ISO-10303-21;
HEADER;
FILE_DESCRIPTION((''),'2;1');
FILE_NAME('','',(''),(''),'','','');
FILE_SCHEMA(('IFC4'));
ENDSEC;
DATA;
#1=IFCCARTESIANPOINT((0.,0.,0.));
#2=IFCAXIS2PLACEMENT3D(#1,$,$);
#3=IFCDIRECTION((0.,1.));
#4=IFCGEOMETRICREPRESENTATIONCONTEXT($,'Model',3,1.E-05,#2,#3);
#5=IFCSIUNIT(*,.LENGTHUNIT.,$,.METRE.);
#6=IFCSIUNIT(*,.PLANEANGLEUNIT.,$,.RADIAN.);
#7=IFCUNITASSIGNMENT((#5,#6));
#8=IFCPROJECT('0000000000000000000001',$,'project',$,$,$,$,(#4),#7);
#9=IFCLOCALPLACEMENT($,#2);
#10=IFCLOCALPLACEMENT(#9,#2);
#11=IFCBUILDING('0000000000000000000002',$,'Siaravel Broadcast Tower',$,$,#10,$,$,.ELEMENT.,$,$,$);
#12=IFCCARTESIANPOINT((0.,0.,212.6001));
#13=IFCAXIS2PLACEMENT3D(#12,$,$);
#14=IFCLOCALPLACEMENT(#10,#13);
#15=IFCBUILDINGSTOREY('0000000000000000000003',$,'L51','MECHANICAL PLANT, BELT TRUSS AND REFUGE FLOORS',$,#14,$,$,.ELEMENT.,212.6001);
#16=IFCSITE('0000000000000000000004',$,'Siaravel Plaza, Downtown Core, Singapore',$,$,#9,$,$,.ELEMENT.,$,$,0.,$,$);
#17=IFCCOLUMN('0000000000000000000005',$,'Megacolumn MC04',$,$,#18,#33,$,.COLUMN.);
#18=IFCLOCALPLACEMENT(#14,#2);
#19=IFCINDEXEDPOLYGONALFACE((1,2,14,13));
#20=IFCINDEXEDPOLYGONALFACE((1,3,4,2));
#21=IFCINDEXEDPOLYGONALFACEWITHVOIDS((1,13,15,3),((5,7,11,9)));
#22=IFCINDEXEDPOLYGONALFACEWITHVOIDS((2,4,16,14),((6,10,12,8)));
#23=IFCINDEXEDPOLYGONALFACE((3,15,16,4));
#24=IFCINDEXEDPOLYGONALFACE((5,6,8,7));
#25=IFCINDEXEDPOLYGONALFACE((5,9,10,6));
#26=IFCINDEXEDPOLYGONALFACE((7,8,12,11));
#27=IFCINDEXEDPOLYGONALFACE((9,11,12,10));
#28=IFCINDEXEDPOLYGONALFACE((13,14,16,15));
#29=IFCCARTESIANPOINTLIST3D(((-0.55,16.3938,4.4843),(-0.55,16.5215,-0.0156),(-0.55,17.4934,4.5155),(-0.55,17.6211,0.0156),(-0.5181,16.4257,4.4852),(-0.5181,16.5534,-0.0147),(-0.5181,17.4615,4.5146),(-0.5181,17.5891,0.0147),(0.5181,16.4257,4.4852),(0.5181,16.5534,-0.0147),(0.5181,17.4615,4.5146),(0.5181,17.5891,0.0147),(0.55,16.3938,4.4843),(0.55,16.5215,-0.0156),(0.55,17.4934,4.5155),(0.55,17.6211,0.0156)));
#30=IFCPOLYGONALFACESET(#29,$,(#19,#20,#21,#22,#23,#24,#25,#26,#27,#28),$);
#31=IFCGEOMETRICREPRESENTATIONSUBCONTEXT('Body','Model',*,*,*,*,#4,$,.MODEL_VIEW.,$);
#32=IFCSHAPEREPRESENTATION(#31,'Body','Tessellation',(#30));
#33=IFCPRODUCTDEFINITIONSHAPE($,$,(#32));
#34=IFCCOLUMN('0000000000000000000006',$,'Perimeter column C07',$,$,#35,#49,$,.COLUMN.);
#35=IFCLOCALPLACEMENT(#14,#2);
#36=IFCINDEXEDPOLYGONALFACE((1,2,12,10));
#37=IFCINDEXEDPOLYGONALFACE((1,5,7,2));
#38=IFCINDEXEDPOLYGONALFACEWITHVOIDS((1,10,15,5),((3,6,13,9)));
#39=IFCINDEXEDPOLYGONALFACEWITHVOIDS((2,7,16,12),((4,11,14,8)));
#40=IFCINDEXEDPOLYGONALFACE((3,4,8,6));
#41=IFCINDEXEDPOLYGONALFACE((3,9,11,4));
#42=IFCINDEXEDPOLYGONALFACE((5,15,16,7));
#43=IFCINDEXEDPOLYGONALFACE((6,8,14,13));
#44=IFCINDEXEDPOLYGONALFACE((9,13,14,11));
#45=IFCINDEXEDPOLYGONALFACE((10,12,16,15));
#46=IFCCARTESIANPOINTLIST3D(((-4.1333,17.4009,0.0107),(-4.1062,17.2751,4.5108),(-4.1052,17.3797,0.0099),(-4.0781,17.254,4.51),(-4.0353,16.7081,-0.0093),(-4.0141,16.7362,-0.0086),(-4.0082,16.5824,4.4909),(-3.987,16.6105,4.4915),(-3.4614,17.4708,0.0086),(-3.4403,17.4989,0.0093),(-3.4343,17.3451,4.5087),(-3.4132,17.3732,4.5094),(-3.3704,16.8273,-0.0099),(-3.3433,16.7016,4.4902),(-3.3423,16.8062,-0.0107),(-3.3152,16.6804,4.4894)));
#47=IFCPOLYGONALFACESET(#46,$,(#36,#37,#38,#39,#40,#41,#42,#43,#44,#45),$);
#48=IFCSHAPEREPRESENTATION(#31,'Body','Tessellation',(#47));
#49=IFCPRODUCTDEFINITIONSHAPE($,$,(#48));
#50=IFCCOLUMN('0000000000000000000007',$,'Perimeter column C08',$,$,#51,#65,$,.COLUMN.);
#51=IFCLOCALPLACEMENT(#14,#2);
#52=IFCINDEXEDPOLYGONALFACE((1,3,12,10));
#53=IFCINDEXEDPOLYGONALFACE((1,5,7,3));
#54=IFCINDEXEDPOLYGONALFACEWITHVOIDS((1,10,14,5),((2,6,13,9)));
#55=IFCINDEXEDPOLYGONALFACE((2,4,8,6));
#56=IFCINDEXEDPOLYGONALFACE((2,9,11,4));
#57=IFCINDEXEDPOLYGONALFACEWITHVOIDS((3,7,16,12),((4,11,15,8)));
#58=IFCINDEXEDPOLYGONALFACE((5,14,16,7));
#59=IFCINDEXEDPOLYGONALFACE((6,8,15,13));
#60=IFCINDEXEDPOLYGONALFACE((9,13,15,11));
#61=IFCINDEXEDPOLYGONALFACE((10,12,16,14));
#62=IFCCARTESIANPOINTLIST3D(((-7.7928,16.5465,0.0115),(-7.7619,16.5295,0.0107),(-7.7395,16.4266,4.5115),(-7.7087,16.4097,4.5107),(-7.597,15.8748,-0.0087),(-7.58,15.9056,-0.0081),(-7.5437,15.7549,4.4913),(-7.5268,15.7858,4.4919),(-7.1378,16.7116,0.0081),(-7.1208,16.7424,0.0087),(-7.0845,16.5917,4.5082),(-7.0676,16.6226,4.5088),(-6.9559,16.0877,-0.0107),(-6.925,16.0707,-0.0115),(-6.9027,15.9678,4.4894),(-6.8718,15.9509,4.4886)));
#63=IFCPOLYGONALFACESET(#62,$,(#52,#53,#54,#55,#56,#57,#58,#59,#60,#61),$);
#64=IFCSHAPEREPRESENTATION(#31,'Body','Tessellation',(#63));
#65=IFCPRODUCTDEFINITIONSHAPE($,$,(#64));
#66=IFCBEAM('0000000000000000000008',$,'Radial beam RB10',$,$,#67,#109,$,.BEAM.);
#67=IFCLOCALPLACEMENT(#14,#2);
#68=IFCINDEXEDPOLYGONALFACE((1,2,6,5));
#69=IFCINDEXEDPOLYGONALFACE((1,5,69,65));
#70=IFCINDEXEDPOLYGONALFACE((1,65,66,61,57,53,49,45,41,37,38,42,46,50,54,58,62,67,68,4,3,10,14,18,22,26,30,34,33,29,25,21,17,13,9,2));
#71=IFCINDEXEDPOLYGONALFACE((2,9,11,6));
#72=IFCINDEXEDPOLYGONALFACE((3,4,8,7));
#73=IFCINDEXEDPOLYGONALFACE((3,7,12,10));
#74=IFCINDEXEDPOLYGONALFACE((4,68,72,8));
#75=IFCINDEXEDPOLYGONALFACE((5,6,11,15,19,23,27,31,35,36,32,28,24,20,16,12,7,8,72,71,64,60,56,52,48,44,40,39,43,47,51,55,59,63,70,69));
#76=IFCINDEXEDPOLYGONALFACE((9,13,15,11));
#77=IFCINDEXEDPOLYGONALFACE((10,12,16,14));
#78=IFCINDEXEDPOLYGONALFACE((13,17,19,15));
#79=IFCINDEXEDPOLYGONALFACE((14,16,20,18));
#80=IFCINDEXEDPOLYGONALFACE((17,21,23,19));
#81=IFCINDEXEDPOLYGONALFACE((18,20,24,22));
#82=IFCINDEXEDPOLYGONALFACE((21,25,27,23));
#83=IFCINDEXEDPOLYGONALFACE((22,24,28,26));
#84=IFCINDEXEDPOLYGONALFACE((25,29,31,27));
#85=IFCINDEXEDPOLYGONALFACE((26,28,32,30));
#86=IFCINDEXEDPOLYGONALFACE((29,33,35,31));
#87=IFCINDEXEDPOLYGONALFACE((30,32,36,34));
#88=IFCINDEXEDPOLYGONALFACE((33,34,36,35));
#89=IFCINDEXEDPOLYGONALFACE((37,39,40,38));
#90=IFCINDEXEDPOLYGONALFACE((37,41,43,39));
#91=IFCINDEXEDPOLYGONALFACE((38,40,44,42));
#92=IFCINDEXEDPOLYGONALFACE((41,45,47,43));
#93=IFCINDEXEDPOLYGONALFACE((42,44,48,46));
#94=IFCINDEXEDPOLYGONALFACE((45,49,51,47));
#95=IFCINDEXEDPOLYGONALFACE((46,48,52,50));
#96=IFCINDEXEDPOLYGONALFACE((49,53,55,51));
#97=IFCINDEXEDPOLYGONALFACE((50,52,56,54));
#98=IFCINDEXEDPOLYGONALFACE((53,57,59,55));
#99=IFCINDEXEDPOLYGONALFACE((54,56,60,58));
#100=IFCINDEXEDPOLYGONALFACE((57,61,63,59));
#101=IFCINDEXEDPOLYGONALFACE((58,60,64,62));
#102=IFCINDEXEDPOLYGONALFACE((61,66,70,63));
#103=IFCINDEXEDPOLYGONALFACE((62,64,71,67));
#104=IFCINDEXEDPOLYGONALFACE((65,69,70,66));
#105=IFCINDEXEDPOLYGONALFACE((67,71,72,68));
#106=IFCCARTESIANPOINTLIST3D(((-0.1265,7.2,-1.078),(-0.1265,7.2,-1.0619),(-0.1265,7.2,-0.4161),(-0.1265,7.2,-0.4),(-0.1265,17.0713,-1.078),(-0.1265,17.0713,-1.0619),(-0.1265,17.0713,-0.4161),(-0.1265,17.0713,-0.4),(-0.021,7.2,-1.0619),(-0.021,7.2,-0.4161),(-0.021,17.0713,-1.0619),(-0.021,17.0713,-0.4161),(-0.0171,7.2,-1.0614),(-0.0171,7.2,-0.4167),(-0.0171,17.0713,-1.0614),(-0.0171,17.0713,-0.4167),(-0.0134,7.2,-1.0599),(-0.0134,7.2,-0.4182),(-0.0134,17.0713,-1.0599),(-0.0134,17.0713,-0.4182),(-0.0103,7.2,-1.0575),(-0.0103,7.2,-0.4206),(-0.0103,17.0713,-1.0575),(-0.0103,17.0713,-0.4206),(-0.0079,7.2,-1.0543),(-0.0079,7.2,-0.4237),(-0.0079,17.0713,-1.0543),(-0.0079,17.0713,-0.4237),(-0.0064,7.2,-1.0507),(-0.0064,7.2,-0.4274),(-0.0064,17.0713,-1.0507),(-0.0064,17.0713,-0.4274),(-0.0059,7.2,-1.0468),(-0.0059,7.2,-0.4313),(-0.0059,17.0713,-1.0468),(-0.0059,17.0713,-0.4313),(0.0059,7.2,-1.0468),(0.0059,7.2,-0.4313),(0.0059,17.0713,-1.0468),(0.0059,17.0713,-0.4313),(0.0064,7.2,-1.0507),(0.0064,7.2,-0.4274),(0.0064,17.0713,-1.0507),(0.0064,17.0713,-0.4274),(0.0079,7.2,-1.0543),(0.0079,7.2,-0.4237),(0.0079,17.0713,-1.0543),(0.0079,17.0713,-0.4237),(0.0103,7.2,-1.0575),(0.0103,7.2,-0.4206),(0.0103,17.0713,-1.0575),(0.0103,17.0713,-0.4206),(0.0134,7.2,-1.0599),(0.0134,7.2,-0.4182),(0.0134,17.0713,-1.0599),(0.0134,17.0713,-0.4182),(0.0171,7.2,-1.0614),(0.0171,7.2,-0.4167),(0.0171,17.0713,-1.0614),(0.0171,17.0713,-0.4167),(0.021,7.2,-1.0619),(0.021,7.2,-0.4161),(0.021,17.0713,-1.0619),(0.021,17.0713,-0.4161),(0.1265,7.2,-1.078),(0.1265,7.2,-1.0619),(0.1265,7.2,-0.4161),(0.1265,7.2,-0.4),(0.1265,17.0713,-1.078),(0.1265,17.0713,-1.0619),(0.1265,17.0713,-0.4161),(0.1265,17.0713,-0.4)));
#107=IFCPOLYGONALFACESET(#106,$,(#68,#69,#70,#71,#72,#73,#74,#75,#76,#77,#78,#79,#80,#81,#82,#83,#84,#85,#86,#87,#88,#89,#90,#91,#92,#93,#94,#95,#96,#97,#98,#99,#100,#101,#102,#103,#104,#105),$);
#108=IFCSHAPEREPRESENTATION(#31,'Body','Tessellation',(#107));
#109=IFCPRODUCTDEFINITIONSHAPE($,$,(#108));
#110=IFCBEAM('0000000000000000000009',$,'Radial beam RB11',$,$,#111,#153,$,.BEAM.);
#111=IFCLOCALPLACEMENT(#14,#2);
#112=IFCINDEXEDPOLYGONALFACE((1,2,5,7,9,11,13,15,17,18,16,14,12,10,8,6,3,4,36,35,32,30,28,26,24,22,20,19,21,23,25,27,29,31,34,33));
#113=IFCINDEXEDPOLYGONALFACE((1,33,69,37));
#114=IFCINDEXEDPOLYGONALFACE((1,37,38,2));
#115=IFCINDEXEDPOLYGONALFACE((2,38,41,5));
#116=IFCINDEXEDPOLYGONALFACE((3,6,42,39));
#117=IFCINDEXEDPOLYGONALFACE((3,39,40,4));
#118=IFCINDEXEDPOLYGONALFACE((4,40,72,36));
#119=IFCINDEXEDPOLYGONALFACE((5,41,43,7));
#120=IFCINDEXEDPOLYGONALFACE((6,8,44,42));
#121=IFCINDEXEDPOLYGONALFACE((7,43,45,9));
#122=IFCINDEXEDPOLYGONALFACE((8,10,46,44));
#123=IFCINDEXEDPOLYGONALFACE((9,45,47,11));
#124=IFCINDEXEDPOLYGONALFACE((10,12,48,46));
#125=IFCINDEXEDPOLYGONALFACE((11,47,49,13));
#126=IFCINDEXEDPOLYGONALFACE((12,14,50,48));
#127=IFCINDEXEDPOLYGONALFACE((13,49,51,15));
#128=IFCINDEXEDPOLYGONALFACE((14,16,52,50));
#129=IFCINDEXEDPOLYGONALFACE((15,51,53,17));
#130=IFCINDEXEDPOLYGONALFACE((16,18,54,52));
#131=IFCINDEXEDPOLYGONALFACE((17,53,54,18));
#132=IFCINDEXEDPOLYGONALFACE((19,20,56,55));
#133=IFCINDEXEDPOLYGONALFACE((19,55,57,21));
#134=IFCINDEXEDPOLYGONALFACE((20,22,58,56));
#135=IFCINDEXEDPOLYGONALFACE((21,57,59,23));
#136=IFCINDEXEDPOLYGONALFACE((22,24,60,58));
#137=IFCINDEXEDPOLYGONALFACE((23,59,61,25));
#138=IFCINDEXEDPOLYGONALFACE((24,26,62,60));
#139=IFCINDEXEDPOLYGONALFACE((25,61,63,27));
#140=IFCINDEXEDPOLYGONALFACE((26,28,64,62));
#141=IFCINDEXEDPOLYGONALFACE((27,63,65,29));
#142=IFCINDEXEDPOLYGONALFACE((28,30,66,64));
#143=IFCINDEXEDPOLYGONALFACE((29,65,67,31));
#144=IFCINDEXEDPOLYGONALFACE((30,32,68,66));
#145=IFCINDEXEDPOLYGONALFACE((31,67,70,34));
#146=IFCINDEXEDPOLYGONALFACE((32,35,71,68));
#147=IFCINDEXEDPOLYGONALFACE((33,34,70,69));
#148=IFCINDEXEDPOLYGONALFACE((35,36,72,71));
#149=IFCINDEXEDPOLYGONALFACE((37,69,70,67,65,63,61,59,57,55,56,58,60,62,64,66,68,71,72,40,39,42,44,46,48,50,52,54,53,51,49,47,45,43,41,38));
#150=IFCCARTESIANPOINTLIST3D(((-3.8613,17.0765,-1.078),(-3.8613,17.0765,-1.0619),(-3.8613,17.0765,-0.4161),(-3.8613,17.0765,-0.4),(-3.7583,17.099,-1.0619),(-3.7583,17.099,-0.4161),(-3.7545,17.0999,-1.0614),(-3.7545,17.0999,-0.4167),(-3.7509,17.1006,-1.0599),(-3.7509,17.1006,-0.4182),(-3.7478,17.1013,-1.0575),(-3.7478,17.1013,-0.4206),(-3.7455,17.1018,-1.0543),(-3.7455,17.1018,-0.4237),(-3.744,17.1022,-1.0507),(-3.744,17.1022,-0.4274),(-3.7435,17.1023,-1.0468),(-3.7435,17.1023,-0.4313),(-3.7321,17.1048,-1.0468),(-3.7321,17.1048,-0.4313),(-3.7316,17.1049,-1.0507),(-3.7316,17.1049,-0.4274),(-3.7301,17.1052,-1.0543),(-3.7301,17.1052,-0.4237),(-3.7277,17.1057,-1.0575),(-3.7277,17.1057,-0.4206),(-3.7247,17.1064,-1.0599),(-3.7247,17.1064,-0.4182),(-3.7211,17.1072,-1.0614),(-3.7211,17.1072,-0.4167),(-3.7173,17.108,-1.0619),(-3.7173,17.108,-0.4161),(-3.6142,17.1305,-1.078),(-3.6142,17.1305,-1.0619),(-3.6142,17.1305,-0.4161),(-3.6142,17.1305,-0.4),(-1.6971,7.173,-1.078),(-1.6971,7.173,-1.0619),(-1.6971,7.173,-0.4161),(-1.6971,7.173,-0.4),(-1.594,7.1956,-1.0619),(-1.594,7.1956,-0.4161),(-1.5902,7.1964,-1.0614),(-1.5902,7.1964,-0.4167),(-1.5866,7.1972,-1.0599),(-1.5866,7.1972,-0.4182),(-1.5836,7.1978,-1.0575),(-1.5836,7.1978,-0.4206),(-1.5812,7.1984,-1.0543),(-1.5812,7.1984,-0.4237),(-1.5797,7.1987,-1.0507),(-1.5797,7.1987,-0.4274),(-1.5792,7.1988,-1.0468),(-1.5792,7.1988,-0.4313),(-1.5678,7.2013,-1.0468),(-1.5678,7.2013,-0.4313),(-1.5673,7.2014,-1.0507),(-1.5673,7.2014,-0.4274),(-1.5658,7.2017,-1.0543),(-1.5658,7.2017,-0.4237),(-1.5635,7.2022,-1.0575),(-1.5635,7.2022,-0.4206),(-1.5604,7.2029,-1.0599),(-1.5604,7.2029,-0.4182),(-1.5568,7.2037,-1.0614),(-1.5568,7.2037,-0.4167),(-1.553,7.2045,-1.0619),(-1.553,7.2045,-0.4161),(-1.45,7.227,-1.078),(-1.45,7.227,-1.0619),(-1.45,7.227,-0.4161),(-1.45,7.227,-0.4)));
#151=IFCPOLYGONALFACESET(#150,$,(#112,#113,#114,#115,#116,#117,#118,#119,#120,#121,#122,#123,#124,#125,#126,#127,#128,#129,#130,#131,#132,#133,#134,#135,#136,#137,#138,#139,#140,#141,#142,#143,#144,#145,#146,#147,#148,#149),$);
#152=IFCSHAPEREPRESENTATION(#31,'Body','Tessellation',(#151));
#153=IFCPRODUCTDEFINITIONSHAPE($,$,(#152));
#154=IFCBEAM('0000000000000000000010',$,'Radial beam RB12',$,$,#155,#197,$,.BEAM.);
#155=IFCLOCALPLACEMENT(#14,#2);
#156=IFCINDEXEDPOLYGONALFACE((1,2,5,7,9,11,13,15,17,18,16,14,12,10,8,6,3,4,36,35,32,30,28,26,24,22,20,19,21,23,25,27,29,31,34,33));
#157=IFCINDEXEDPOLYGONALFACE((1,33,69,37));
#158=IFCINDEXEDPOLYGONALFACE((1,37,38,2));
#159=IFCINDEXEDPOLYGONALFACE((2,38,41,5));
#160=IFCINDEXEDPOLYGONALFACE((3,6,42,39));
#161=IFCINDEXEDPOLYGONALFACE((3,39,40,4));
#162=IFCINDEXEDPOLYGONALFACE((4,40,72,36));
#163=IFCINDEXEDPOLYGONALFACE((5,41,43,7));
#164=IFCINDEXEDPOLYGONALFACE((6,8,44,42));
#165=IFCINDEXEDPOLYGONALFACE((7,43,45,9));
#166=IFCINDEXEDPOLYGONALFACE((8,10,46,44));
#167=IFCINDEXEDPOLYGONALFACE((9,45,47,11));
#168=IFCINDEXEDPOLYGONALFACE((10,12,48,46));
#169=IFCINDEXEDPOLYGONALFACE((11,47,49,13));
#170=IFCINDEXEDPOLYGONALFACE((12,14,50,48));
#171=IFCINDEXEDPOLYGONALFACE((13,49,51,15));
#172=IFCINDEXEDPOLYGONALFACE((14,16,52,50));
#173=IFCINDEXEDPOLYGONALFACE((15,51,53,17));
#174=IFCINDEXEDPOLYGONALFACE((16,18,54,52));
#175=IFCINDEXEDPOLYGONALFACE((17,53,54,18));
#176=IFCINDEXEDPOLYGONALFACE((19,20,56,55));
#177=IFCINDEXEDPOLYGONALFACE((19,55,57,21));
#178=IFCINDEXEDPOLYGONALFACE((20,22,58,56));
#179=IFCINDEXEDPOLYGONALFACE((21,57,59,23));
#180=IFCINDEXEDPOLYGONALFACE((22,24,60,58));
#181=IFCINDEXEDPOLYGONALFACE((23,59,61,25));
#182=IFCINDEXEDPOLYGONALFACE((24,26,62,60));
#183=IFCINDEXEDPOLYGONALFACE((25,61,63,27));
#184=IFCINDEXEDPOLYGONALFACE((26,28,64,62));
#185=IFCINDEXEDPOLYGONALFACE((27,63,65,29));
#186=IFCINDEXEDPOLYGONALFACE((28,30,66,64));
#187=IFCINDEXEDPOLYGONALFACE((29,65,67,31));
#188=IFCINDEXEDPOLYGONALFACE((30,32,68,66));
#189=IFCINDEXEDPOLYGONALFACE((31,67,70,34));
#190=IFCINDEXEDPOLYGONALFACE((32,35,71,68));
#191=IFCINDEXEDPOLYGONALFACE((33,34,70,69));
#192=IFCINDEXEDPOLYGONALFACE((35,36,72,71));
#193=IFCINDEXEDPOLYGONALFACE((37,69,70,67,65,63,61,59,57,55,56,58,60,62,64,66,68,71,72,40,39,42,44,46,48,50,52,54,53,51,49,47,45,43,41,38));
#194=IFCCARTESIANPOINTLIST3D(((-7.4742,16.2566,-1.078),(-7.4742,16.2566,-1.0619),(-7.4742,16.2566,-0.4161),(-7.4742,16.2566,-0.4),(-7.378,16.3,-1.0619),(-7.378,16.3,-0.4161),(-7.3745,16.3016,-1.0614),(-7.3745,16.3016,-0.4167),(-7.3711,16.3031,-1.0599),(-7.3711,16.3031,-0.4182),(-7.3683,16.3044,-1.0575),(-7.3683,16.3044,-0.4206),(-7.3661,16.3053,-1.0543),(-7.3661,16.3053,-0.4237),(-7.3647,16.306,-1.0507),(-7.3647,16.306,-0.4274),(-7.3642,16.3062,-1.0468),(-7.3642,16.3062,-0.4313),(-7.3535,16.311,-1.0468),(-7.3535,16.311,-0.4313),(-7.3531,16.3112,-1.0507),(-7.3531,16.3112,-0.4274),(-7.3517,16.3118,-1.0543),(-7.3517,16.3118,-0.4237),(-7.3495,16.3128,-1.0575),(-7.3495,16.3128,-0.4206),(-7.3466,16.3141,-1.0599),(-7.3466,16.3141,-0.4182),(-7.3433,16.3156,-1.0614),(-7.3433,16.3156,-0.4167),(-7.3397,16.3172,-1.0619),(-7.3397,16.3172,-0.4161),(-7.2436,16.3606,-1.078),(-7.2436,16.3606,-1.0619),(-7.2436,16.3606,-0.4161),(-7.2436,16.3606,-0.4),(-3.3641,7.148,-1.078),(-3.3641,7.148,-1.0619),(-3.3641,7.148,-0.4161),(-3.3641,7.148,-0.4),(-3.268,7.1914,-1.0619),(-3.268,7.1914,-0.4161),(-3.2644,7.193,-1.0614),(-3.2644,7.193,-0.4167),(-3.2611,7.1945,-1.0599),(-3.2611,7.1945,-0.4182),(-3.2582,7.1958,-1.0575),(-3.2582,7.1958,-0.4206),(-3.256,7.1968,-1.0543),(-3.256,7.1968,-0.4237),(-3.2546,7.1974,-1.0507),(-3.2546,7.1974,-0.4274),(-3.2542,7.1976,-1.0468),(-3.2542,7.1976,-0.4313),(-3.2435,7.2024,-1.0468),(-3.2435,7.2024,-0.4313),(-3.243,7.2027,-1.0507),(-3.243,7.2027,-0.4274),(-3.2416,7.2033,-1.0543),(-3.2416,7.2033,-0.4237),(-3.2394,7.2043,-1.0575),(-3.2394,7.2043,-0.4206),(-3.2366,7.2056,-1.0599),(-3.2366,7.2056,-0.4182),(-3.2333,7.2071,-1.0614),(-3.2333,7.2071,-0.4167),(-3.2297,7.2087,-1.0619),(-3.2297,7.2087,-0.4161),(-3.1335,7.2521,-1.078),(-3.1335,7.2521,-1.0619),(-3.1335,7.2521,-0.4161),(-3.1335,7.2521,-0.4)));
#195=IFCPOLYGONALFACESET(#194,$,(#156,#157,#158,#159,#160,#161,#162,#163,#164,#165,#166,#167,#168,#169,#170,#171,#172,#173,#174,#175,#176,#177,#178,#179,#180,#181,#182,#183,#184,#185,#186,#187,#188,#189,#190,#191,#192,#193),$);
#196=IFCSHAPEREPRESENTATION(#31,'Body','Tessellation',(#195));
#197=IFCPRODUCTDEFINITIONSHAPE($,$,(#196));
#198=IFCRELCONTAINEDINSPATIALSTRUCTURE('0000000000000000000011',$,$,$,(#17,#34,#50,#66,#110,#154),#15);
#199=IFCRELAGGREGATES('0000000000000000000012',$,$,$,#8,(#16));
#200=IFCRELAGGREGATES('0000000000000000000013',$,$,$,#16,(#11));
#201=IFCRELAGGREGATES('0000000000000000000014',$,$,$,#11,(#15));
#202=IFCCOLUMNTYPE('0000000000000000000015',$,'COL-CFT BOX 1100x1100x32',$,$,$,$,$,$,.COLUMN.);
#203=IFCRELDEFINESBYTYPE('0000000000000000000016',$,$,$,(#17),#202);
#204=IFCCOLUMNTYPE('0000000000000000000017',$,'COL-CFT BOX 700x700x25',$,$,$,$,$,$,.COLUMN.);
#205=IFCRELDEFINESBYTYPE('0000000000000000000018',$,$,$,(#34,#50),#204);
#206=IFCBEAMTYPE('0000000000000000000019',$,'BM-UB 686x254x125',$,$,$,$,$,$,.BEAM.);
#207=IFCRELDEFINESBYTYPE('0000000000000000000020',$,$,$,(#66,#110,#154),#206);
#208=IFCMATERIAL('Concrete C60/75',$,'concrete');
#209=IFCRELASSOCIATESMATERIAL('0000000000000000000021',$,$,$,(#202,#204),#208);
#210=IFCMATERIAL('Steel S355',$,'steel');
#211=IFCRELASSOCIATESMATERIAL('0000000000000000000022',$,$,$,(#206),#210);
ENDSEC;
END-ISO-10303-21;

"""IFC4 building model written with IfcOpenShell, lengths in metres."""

from ifc_helpers import new_model, si_unit, direction, frame, origin, origin_2d, place, context, subcontext, project, spatial, hollow_rectangle, i_section, extrude, material, material_profile, profile_set, type_object, element, save


model = new_model("IFC4")

# Units and contexts
model_context = context("Model", 3, precision=1e-05, world=origin(), true_north=direction((0.0, 1.0)))
body_context = subcontext(model_context, "Body", "Model", "MODEL_VIEW")
ifc_project = project(units=[si_unit("LENGTHUNIT", "METRE"), si_unit("PLANEANGLEUNIT", "RADIAN")], contexts=[model_context])

# Site, building, storey
site_placement = place(None, origin())
site = spatial("IfcSite", under=ifc_project, at=site_placement, Name="Siaravel Plaza, Downtown Core, Singapore", CompositionType="ELEMENT", RefElevation=0.0)
building_placement = place(site_placement, origin())
building = spatial("IfcBuilding", under=site, at=building_placement, Name="Siaravel Broadcast Tower", CompositionType="ELEMENT")
storey_placement = place(building_placement, frame((0.0, 0.0, 212.6001)))
storey = spatial("IfcBuildingStorey", under=building, at=storey_placement, Name="L51", Description="MECHANICAL PLANT, BELT TRUSS AND REFUGE FLOORS", CompositionType="ELEMENT", Elevation=212.6001)

# Columns
ifc_material_1 = material(Name="Concrete C60/75", Category="concrete")
ifc_material_profile_1 = material_profile(ifc_material_1, hollow_rectangle(XDim=1.1001, YDim=1.1001, WallThickness=0.032, at=origin_2d()))
ifc_profile_set_1 = profile_set([ifc_material_profile_1], Name="Concrete C60/75")
column_type_1 = type_object("IfcColumnType", Name="COL-CFT BOX 1100x1100x32", PredefinedType="COLUMN", material=ifc_profile_set_1)
column_placement = place(storey_placement, frame((0.0, 17.0713, 0.0), z_axis=(0.0, -0.028363, 0.999598), x_axis=(1.0, 0.0, 0.0)))
element("IfcColumn", 1, at=column_placement, inside=storey, type_object=column_type_1, Name="Megacolumn MC04", PredefinedType="COLUMN", context=body_context, shape_type="SweptSolid", body=[
    extrude(hollow_rectangle(XDim=1.1001, YDim=1.1001, WallThickness=0.032, at=origin_2d()), origin(), (0.0, 0.0, 1.0), 4.5017),
])
ifc_material_profile_2 = material_profile(ifc_material_1, hollow_rectangle(XDim=0.7, YDim=0.7, WallThickness=0.0249, at=origin_2d()))
ifc_profile_set_2 = profile_set([ifc_material_profile_2], Name="Concrete C60/75")
column_type_2 = type_object("IfcColumnType", Name="COL-CFT BOX 700x700x25", PredefinedType="COLUMN", material=ifc_profile_set_2)
for number, where, z_axis, x_axis, name in (
    (2, (-3.7378, 17.1035, 0.0), (0.00602, -0.027929, 0.999592), (0.990132, 0.14012, -0.002048), "Perimeter column C07"),
    (3, (-7.3589, 16.3086, 0.0), (0.011822, -0.026627, 0.999576), (0.959998, 0.279979, -0.003896), "Perimeter column C08"),
):
    element("IfcColumn", number, at=place(storey_placement, frame(where, z_axis=z_axis, x_axis=x_axis)), inside=storey, type_object=column_type_2, Name=name, PredefinedType="COLUMN", context=body_context, shape_type="SweptSolid", body=[
        extrude(hollow_rectangle(XDim=0.7, YDim=0.7, WallThickness=0.0249, at=origin_2d()), origin(), (0.0, 0.0, 1.0), 4.502),
    ])

# Beams
ifc_material_2 = material(Name="Steel S355", Category="steel")
ifc_material_profile_3 = material_profile(ifc_material_2, i_section(OverallWidth=0.2529, OverallDepth=0.678, WebThickness=0.0117, FlangeThickness=0.0161, FilletRadius=0.0151, at=origin_2d()))
ifc_profile_set_3 = profile_set([ifc_material_profile_3], Name="Steel S355")
beam_type_1 = type_object("IfcBeamType", Name="BM-UB 686x254x125", PredefinedType="BEAM", material=ifc_profile_set_3)
beam_1_placement = place(storey_placement, frame((0.0, 17.0713, -0.739), z_axis=(0.0, -1.0, 0.0), x_axis=(1.0, 0.0, 0.0)))
element("IfcBeam", 4, at=beam_1_placement, inside=storey, type_object=beam_type_1, Name="Radial beam RB10", PredefinedType="BEAM", context=body_context, shape_type="SweptSolid", body=[
    extrude(i_section(OverallWidth=0.2529, OverallDepth=0.678, WebThickness=0.0117, FlangeThickness=0.0161, FilletRadius=0.0151, at=origin_2d()), origin(), (0.0, 0.0, 1.0), 9.8713),
])
beam_2_placement = place(storey_placement, frame((-3.7378, 17.1035, -0.739), z_axis=(0.213499, -0.976943, 0.0), x_axis=(0.976943, 0.213499, 0.0)))
element("IfcBeam", 5, at=beam_2_placement, inside=storey, type_object=beam_type_1, Name="Radial beam RB11", PredefinedType="BEAM", context=body_context, shape_type="SweptSolid", body=[
    extrude(i_section(OverallWidth=0.2529, OverallDepth=0.678, WebThickness=0.0117, FlangeThickness=0.0161, FilletRadius=0.0151, at=origin_2d()), origin(), (0.0, 0.0, 1.0), 10.1372),
])
beam_3_placement = place(storey_placement, frame((-7.3589, 16.3086, -0.739), z_axis=(0.411298, -0.911501, 0.0), x_axis=(0.911501, 0.411298, 0.0)))
element("IfcBeam", 6, at=beam_3_placement, inside=storey, type_object=beam_type_1, Name="Radial beam RB12", PredefinedType="BEAM", context=body_context, shape_type="SweptSolid", body=[
    extrude(i_section(OverallWidth=0.2529, OverallDepth=0.678, WebThickness=0.0117, FlangeThickness=0.0161, FilletRadius=0.0151, at=origin_2d()), origin(), (0.0, 0.0, 1.0), 9.9929),
])

save(model, "model.ifc")
